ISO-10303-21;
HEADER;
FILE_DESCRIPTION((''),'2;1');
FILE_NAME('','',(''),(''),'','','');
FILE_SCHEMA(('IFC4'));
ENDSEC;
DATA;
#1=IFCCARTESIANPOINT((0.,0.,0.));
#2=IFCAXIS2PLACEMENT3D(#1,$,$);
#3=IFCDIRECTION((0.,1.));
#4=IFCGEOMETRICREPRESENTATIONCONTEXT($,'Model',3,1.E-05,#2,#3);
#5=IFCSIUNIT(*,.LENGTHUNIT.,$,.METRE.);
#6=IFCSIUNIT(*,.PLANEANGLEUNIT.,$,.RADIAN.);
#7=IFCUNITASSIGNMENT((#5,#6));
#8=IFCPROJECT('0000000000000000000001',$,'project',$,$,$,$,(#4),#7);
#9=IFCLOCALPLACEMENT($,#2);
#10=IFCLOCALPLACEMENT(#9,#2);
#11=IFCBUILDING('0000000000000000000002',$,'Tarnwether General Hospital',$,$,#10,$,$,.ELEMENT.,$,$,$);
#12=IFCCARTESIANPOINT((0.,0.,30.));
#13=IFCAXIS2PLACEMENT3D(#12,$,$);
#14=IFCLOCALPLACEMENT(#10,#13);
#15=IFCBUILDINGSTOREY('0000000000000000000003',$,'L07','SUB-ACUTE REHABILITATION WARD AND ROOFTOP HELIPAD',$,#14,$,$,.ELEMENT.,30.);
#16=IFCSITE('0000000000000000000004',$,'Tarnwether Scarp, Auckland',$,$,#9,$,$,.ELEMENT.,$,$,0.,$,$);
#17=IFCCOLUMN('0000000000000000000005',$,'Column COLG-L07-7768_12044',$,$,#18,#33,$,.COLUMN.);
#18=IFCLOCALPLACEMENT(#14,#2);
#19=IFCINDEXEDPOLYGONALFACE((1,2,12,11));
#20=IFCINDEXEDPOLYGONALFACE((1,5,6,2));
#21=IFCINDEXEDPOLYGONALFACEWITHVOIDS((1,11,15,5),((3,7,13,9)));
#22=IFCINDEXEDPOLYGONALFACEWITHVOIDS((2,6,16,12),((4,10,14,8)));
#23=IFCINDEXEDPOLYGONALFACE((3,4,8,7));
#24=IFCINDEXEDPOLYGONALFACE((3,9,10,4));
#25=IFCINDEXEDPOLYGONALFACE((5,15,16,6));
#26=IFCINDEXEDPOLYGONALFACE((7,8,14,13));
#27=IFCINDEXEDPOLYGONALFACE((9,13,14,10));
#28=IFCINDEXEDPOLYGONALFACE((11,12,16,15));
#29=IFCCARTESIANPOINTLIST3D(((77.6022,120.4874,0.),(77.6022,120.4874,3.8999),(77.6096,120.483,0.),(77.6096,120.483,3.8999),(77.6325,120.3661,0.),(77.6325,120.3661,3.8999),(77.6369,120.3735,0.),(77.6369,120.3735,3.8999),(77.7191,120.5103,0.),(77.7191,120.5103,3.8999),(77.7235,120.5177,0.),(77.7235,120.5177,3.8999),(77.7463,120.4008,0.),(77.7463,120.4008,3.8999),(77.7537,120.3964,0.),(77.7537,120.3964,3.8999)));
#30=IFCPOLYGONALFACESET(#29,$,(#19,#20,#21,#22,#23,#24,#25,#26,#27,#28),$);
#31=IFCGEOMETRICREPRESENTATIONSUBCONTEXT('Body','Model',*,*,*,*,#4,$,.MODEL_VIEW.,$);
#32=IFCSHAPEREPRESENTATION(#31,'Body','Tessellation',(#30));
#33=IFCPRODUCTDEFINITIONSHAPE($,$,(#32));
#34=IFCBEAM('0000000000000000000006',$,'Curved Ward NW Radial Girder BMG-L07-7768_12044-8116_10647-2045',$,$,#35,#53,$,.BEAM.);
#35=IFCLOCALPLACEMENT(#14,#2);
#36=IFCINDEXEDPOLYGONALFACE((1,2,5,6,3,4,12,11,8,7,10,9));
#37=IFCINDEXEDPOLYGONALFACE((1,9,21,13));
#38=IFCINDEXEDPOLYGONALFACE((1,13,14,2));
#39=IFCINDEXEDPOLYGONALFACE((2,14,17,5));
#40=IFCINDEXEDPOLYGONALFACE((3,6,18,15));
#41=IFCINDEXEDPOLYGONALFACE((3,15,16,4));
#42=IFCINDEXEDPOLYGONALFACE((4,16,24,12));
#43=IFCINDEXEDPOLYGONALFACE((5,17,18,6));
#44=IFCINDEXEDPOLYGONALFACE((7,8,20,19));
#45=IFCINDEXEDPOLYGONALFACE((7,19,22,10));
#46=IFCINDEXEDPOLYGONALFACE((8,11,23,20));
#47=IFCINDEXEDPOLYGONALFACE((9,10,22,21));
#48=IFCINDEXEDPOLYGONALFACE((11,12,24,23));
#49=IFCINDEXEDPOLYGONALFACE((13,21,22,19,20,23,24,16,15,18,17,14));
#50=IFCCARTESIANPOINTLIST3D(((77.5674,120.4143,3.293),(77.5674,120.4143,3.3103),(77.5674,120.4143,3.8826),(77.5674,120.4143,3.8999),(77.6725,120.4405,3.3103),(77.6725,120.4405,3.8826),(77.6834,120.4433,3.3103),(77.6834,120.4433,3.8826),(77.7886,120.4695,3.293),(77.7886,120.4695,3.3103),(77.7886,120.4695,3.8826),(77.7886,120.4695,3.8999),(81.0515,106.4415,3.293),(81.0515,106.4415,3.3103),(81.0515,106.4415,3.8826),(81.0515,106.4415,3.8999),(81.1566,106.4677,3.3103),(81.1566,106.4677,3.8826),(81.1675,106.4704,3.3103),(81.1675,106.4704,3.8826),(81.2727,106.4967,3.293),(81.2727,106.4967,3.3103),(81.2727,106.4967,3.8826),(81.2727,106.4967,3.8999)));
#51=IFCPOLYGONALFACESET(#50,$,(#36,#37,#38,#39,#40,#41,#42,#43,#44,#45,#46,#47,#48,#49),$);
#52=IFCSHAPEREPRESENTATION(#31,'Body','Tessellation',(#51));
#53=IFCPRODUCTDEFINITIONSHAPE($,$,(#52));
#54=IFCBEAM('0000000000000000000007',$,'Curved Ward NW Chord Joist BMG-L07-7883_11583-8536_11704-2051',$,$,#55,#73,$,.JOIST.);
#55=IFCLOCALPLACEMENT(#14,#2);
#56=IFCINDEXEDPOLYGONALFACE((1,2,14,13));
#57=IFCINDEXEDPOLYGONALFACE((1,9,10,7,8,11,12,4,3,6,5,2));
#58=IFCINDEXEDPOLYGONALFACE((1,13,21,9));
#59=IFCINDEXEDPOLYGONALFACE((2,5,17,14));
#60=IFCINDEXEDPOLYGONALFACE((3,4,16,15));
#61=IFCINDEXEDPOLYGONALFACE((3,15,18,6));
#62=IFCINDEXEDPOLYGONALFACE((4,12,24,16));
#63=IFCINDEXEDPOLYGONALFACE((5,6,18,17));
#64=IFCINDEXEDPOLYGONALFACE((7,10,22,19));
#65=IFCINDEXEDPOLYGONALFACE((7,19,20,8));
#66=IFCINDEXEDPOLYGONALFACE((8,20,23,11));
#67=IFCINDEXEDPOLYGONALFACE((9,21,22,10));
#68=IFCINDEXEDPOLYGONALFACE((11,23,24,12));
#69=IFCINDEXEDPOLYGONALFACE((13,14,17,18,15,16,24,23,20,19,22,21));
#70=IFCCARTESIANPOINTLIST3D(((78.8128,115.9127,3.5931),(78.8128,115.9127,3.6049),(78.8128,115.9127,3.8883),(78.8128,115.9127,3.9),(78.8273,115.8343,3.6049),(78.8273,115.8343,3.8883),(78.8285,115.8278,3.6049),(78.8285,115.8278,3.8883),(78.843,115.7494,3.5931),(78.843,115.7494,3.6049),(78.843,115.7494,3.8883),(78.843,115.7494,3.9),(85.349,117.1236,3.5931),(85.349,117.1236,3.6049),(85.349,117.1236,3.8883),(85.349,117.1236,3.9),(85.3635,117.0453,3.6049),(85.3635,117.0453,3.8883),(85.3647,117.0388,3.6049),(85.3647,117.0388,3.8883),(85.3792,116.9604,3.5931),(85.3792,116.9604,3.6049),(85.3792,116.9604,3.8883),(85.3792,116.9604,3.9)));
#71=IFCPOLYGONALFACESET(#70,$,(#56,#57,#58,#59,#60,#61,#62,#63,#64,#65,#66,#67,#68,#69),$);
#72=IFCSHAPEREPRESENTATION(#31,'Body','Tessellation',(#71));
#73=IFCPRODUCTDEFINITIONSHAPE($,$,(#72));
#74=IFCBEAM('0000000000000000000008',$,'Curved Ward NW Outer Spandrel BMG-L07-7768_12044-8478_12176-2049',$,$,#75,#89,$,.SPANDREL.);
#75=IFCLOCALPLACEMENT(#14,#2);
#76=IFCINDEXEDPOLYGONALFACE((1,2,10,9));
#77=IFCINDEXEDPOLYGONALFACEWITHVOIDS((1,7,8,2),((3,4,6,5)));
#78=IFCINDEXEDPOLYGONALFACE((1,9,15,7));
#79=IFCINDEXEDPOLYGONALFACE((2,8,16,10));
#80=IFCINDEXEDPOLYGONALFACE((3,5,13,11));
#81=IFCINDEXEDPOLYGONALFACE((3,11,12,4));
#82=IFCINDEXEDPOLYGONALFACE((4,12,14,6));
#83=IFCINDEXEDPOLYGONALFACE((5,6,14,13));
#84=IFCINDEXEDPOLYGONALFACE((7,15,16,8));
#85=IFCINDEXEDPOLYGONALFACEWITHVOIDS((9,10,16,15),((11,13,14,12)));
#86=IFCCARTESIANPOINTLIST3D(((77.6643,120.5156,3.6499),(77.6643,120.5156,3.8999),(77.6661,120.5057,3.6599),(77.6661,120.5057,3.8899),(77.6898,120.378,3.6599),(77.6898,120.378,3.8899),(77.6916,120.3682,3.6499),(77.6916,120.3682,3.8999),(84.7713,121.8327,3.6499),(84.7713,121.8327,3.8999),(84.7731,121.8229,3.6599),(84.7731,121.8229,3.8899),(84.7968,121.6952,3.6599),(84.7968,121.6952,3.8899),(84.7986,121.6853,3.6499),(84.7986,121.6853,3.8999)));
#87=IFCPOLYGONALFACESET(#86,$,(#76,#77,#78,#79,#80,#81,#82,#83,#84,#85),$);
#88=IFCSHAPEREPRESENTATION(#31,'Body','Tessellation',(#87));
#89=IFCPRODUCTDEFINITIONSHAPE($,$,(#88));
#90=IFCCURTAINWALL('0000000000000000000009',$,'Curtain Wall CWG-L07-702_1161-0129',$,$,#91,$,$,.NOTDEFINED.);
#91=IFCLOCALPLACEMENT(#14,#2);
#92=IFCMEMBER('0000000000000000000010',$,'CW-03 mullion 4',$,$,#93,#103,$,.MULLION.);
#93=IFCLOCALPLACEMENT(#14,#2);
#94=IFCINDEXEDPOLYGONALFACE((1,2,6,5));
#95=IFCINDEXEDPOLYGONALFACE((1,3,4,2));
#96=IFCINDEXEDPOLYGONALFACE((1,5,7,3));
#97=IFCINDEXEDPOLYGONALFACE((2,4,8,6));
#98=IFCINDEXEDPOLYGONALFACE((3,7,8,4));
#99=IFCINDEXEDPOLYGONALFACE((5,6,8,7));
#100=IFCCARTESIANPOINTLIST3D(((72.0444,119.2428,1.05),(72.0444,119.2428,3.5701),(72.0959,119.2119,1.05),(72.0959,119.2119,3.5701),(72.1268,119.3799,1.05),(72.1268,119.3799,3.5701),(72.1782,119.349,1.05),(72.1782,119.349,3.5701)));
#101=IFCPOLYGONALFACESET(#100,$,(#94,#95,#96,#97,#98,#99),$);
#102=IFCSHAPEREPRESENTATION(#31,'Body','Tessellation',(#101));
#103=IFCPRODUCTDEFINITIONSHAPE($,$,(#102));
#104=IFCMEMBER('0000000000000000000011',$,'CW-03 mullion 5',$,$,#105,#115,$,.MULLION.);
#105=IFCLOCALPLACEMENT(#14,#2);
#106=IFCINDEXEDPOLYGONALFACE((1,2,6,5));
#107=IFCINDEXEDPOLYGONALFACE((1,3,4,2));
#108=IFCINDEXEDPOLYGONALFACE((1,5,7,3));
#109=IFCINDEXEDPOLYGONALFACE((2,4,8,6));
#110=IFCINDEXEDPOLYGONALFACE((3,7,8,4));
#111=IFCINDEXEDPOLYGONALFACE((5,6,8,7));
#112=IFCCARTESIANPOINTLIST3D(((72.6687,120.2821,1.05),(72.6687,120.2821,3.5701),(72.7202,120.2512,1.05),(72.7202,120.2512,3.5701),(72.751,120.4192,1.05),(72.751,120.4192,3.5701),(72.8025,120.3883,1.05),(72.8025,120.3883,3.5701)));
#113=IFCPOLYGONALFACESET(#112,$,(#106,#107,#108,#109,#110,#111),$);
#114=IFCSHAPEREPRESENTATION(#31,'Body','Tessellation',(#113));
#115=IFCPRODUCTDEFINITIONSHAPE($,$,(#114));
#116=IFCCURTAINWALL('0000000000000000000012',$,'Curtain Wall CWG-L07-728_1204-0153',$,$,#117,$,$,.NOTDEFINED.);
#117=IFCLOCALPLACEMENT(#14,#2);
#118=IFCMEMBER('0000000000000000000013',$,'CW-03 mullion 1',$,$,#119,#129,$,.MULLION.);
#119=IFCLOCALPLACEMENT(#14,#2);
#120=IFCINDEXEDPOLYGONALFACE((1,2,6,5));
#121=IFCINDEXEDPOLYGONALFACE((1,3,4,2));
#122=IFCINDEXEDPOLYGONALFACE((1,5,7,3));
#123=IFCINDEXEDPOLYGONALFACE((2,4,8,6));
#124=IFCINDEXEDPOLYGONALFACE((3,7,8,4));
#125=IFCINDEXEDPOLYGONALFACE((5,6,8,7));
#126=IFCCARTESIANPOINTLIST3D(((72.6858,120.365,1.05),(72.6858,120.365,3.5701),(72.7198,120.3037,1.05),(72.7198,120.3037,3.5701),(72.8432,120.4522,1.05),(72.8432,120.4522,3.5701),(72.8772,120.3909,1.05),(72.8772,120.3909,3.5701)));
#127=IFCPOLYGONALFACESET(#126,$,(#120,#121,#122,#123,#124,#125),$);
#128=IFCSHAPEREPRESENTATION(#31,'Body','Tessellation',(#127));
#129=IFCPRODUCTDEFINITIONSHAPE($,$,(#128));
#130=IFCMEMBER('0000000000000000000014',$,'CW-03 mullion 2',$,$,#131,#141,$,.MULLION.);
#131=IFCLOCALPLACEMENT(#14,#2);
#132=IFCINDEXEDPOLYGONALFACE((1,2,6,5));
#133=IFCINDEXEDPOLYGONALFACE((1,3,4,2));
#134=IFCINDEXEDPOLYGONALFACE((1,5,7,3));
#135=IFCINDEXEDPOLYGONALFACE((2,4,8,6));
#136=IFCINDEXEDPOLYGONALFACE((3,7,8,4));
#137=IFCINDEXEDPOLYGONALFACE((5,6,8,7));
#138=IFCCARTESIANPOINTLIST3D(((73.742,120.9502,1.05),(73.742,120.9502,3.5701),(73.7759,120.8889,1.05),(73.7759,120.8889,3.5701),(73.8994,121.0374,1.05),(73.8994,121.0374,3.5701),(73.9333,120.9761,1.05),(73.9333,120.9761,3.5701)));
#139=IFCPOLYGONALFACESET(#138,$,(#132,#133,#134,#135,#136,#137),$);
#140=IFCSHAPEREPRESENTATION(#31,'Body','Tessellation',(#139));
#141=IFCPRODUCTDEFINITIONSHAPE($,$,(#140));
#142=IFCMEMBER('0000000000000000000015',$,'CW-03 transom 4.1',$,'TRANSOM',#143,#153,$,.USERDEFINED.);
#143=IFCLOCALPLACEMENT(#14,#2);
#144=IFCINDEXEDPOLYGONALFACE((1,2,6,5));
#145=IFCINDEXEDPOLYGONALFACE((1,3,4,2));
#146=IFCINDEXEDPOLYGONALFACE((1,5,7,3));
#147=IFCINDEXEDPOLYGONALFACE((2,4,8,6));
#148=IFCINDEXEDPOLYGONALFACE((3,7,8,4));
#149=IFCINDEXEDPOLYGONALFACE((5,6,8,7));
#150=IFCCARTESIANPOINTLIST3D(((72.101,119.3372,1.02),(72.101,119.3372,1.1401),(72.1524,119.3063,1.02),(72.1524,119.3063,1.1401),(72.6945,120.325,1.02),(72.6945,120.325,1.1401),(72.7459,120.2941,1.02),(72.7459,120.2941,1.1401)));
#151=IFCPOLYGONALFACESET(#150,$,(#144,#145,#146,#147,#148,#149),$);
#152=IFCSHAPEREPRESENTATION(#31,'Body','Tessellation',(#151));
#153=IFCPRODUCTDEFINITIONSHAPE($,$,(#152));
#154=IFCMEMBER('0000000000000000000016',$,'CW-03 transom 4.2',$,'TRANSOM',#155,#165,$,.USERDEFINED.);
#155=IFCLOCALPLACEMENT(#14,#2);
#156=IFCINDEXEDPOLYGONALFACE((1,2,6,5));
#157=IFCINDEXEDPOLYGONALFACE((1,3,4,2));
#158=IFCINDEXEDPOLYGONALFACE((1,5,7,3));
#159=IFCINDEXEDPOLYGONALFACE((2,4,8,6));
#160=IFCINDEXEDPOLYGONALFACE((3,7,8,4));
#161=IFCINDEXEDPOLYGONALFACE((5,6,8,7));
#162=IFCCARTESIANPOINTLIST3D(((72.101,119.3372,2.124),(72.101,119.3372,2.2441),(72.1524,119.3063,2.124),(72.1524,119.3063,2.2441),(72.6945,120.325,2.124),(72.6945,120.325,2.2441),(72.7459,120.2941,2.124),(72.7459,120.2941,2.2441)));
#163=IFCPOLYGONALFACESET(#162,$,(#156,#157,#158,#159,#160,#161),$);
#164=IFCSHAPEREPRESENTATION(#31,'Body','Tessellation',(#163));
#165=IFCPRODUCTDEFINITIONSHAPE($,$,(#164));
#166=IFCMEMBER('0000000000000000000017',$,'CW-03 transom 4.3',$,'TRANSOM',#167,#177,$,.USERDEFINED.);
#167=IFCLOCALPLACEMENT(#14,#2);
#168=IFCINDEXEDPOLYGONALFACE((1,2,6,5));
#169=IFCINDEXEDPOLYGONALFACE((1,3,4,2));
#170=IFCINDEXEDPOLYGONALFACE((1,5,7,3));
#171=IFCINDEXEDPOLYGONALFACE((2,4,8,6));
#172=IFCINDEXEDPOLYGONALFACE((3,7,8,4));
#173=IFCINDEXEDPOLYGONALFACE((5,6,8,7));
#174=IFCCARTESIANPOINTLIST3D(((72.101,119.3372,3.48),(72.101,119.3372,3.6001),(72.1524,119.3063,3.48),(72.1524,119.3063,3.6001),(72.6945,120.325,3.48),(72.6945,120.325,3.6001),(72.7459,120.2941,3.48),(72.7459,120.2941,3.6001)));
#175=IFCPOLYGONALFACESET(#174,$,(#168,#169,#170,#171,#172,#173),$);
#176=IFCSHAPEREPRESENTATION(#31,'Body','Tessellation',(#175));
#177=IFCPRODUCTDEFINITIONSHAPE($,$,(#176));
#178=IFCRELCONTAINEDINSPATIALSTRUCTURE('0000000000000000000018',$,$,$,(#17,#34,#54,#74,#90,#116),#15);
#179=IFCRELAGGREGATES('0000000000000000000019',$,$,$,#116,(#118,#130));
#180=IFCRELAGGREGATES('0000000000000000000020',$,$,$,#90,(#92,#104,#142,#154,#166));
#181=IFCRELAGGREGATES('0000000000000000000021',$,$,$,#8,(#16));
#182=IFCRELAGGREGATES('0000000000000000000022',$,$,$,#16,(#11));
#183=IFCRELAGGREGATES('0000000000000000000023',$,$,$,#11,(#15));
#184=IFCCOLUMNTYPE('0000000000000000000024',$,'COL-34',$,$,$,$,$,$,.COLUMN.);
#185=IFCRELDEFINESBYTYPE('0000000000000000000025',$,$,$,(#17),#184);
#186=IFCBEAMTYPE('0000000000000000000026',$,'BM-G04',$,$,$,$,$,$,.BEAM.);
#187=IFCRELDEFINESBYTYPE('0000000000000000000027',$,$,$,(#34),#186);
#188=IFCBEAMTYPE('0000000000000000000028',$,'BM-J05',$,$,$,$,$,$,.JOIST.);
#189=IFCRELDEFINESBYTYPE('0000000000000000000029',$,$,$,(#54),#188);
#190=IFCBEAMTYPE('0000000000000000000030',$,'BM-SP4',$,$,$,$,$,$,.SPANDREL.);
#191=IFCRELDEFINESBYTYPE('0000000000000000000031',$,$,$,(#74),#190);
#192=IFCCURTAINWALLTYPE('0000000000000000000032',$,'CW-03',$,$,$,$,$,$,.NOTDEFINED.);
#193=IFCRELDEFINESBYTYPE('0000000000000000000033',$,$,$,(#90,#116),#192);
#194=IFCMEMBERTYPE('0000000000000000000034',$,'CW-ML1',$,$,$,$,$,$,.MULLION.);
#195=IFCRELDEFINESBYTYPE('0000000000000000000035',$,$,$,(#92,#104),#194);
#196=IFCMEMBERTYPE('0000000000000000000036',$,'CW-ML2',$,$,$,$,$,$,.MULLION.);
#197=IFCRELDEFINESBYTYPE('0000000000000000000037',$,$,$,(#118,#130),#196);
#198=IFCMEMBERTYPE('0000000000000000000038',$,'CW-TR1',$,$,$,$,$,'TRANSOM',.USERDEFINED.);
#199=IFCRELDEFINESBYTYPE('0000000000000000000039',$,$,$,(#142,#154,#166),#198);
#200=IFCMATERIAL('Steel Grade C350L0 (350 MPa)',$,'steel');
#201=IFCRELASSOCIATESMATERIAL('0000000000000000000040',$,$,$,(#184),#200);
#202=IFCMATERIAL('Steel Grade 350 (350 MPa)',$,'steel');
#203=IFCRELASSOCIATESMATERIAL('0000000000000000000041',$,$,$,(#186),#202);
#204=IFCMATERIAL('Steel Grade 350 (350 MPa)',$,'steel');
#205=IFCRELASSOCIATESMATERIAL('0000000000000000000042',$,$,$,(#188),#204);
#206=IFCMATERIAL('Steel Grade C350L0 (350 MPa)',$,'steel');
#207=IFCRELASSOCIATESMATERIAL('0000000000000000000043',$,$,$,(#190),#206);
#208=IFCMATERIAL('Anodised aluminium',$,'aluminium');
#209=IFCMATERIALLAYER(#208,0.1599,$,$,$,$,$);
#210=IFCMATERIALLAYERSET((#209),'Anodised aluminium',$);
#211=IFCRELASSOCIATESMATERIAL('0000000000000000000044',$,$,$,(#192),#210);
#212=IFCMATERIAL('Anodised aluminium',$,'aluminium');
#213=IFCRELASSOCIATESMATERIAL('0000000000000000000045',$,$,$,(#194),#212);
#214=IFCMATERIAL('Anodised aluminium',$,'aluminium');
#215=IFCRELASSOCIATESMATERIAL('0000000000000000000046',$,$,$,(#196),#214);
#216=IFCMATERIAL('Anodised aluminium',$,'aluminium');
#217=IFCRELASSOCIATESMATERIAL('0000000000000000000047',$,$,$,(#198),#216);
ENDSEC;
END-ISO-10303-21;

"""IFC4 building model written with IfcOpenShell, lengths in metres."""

from ifc_helpers import new_model, si_unit, direction, frame, origin, origin_2d, place, context, subcontext, project, spatial, rectangle, hollow_rectangle, i_section, extrude, material, layer, layer_set, material_profile, profile_set, type_object, element, aggregate, save


model = new_model("IFC4")

# Units and contexts
model_context = context("Model", 3, precision=1e-05, world=origin(), true_north=direction((0.0, 1.0)))
body_context = subcontext(model_context, "Body", "Model", "MODEL_VIEW")
ifc_project = project(units=[si_unit("LENGTHUNIT", "METRE"), si_unit("PLANEANGLEUNIT", "RADIAN")], contexts=[model_context])

# Site, building, storey
site_placement = place(None, origin())
site = spatial("IfcSite", under=ifc_project, at=site_placement, Name="Tarnwether Scarp, Auckland", CompositionType="ELEMENT", RefElevation=0.0)
building_placement = place(site_placement, origin())
building = spatial("IfcBuilding", under=site, at=building_placement, Name="Tarnwether General Hospital", CompositionType="ELEMENT")
storey_placement = place(building_placement, frame((0.0, 0.0, 30.0)))
storey = spatial("IfcBuildingStorey", under=building, at=storey_placement, Name="L07", Description="SUB-ACUTE REHABILITATION WARD AND ROOFTOP HELIPAD", CompositionType="ELEMENT", Elevation=30.0)

# Column
ifc_material_1 = material(Name="Steel Grade C350L0 (350 MPa)", Category="steel")
ifc_material_profile_1 = material_profile(ifc_material_1, hollow_rectangle(XDim=0.125, YDim=0.125, WallThickness=0.0061, at=origin_2d()), Name="SHS125x125x6")
ifc_profile_set_1 = profile_set([ifc_material_profile_1], Name="Steel Grade C350L0 (350 MPa)")
column_type = type_object("IfcColumnType", Name="COL-34", PredefinedType="COLUMN", material=ifc_profile_set_1)
column_placement = place(storey_placement, frame((77.678, 120.4419, 0.0), z_axis=(0.0, 0.0, 1.0), x_axis=(-0.241922, 0.970296, 0.0)))
element("IfcColumn", 1, at=column_placement, inside=storey, type_object=column_type, Name="Column COLG-L07-7768_12044", PredefinedType="COLUMN", context=body_context, shape_type="SweptSolid", body=[
    extrude(hollow_rectangle(XDim=0.125, YDim=0.125, WallThickness=0.0061, at=origin_2d()), origin(), (0.0, 0.0, 1.0), 3.8999),
])

# Beams
ifc_material_2 = material(Name="Steel Grade 350 (350 MPa)", Category="steel")
ifc_material_profile_2 = material_profile(ifc_material_2, i_section(OverallWidth=0.228, OverallDepth=0.6069, WebThickness=0.0112, FlangeThickness=0.0173, at=origin_2d()), Name="610UB113")
ifc_profile_set_2 = profile_set([ifc_material_profile_2], Name="Steel Grade 350 (350 MPa)")
beam_type_1 = type_object("IfcBeamType", Name="BM-G04", PredefinedType="BEAM", material=ifc_profile_set_2)
beam_1_placement = place(storey_placement, frame((77.678, 120.4419, 3.5964), z_axis=(0.241941, -0.970291, 0.0), x_axis=(0.970291, 0.241941, 0.0)))
element("IfcBeam", 2, at=beam_1_placement, inside=storey, type_object=beam_type_1, Name="Curved Ward NW Radial Girder BMG-L07-7768_12044-8116_10647-2045", PredefinedType="BEAM", context=body_context, shape_type="SweptSolid", body=[
    extrude(i_section(OverallWidth=0.228, OverallDepth=0.6069, WebThickness=0.0112, FlangeThickness=0.0173, at=origin_2d()), origin(), (0.0, 0.0, 1.0), 14.4006),
])
ifc_material_3 = material(Name="Steel Grade 350 (350 MPa)", Category="steel")
ifc_material_profile_3 = material_profile(ifc_material_3, i_section(OverallWidth=0.166, OverallDepth=0.3069, WebThickness=0.0066, FlangeThickness=0.0117, at=origin_2d()), Name="310UB46.2")
ifc_profile_set_3 = profile_set([ifc_material_profile_3], Name="Steel Grade 350 (350 MPa)")
beam_type_2 = type_object("IfcBeamType", Name="BM-J05", PredefinedType="JOIST", material=ifc_profile_set_3)
beam_2_placement = place(storey_placement, frame((78.8279, 115.8311, 3.7466), z_axis=(0.983267, 0.182168, 0.0), x_axis=(-0.182168, 0.983267, 0.0)))
element("IfcBeam", 3, at=beam_2_placement, inside=storey, type_object=beam_type_2, Name="Curved Ward NW Chord Joist BMG-L07-7883_11583-8536_11704-2051", PredefinedType="JOIST", context=body_context, shape_type="SweptSolid", body=[
    extrude(i_section(OverallWidth=0.166, OverallDepth=0.3069, WebThickness=0.0066, FlangeThickness=0.0117, at=origin_2d()), origin(), (0.0, 0.0, 1.0), 6.6475),
])
ifc_material_4 = material(Name="Steel Grade C350L0 (350 MPa)", Category="steel")
ifc_material_profile_4 = material_profile(ifc_material_4, hollow_rectangle(XDim=0.1499, YDim=0.25, WallThickness=0.01, at=origin_2d()), Name="RHS250x150x10")
ifc_profile_set_4 = profile_set([ifc_material_profile_4], Name="Steel Grade C350L0 (350 MPa)")
beam_type_3 = type_object("IfcBeamType", Name="BM-SP4", PredefinedType="SPANDREL", material=ifc_profile_set_4)
beam_3_placement = place(storey_placement, frame((77.678, 120.4419, 3.7749), z_axis=(0.983256, 0.182228, 0.0), x_axis=(-0.182228, 0.983256, 0.0)))
element("IfcBeam", 4, at=beam_3_placement, inside=storey, type_object=beam_type_3, Name="Curved Ward NW Outer Spandrel BMG-L07-7768_12044-8478_12176-2049", PredefinedType="SPANDREL", context=body_context, shape_type="SweptSolid", body=[
    extrude(hollow_rectangle(XDim=0.1499, YDim=0.25, WallThickness=0.01, at=origin_2d()), origin(), (0.0, 0.0, 1.0), 7.228),
])

# Curtain walls, members
ifc_material_5 = material(Name="Anodised aluminium", Category="aluminium")
ifc_layer_1 = layer(ifc_material_5, 0.1599)
ifc_layer_set_1 = layer_set([ifc_layer_1], Name="Anodised aluminium")
curtain_wall_type = type_object("IfcCurtainWallType", Name="CW-03", PredefinedType="NOTDEFINED", material=ifc_layer_set_1)
curtain_wall_1_placement = place(storey_placement, origin())
curtain_wall_1 = element("IfcCurtainWall", 5, at=curtain_wall_1_placement, inside=storey, type_object=curtain_wall_type, Name="Curtain Wall CWG-L07-702_1161-0129", PredefinedType="NOTDEFINED")
ifc_material_6 = material(Name="Anodised aluminium", Category="aluminium")
ifc_material_profile_5 = material_profile(ifc_material_6, rectangle(XDim=0.0601, YDim=0.1599, at=origin_2d()), Name="ALU-MUL-60x160")
ifc_profile_set_5 = profile_set([ifc_material_profile_5], Name="Anodised aluminium")
member_type_1 = type_object("IfcMemberType", Name="CW-ML1", PredefinedType="MULLION", material=ifc_profile_set_5)
member_1_placement = place(storey_placement, frame((72.1113, 119.2959, 1.05), z_axis=(0.0, 0.0, 1.0), x_axis=(-0.857226, 0.51494, 0.0)))
member_1 = element("IfcMember", 6, at=member_1_placement, type_object=member_type_1, Name="CW-03 mullion 4", PredefinedType="MULLION", context=body_context, shape_type="SweptSolid", body=[
    extrude(rectangle(XDim=0.0601, YDim=0.1599, at=origin_2d()), origin(), (0.0, 0.0, 1.0), 2.52),
])
member_2_placement = place(storey_placement, frame((72.7356, 120.3352, 1.05), z_axis=(0.0, 0.0, 1.0), x_axis=(-0.857226, 0.51494, 0.0)))
member_2 = element("IfcMember", 7, at=member_2_placement, type_object=member_type_1, Name="CW-03 mullion 5", PredefinedType="MULLION", context=body_context, shape_type="SweptSolid", body=[
    extrude(rectangle(XDim=0.0601, YDim=0.1599, at=origin_2d()), origin(), (0.0, 0.0, 1.0), 2.52),
])
curtain_wall_2_placement = place(storey_placement, origin())
curtain_wall_2 = element("IfcCurtainWall", 8, at=curtain_wall_2_placement, inside=storey, type_object=curtain_wall_type, Name="Curtain Wall CWG-L07-728_1204-0153", PredefinedType="NOTDEFINED")
ifc_material_7 = material(Name="Anodised aluminium", Category="aluminium")
ifc_material_profile_6 = material_profile(ifc_material_7, rectangle(XDim=0.0701, YDim=0.1799, at=origin_2d()), Name="ALU-MUL-70x180")
ifc_profile_set_6 = profile_set([ifc_material_profile_6], Name="Anodised aluminium")
member_type_2 = type_object("IfcMemberType", Name="CW-ML2", PredefinedType="MULLION", material=ifc_profile_set_6)
member_3_placement = place(storey_placement, frame((72.7815, 120.3779, 1.05), z_axis=(0.0, 0.0, 1.0), x_axis=(-0.48472, 0.874669, 0.0)))
member_3 = element("IfcMember", 9, at=member_3_placement, type_object=member_type_2, Name="CW-03 mullion 1", PredefinedType="MULLION", context=body_context, shape_type="SweptSolid", body=[
    extrude(rectangle(XDim=0.0701, YDim=0.1799, at=origin_2d()), origin(), (0.0, 0.0, 1.0), 2.52),
])
member_4_placement = place(storey_placement, frame((73.8376, 120.9631, 1.05), z_axis=(0.0, 0.0, 1.0), x_axis=(-0.48472, 0.874669, 0.0)))
member_4 = element("IfcMember", 10, at=member_4_placement, type_object=member_type_2, Name="CW-03 mullion 2", PredefinedType="MULLION", context=body_context, shape_type="SweptSolid", body=[
    extrude(rectangle(XDim=0.0701, YDim=0.1799, at=origin_2d()), origin(), (0.0, 0.0, 1.0), 2.52),
])

# Members
ifc_material_8 = material(Name="Anodised aluminium", Category="aluminium")
ifc_material_profile_7 = material_profile(ifc_material_8, rectangle(XDim=0.0601, YDim=0.1201, at=origin_2d()), Name="ALU-TRN-60x120")
ifc_profile_set_7 = profile_set([ifc_material_profile_7], Name="Anodised aluminium")
member_type_3 = type_object("IfcMemberType", Name="CW-TR1", ElementType="TRANSOM", PredefinedType="USERDEFINED", material=ifc_profile_set_7)
member_5_placement = place(storey_placement, frame((72.1267, 119.3218, 1.0801), z_axis=(0.515025, 0.857175, 0.0), x_axis=(-0.857175, 0.515025, 0.0)))
member_5 = element("IfcMember", 11, at=member_5_placement, type_object=member_type_3, Name="CW-03 transom 4.1", ObjectType="TRANSOM", PredefinedType="USERDEFINED", context=body_context, shape_type="SweptSolid", body=[
    extrude(rectangle(XDim=0.0601, YDim=0.1201, at=origin_2d()), origin(), (0.0, 0.0, 1.0), 1.1523),
])
member_6_placement = place(storey_placement, frame((72.1267, 119.3218, 2.1841), z_axis=(0.515025, 0.857175, 0.0), x_axis=(-0.857175, 0.515025, 0.0)))
member_6 = element("IfcMember", 12, at=member_6_placement, type_object=member_type_3, Name="CW-03 transom 4.2", ObjectType="TRANSOM", PredefinedType="USERDEFINED", context=body_context, shape_type="SweptSolid", body=[
    extrude(rectangle(XDim=0.0601, YDim=0.1201, at=origin_2d()), origin(), (0.0, 0.0, 1.0), 1.1523),
])
member_7_placement = place(storey_placement, frame((72.1267, 119.3218, 3.54), z_axis=(0.515025, 0.857175, 0.0), x_axis=(-0.857175, 0.515025, 0.0)))
member_7 = element("IfcMember", 13, at=member_7_placement, type_object=member_type_3, Name="CW-03 transom 4.3", ObjectType="TRANSOM", PredefinedType="USERDEFINED", context=body_context, shape_type="SweptSolid", body=[
    extrude(rectangle(XDim=0.0601, YDim=0.1201, at=origin_2d()), origin(), (0.0, 0.0, 1.0), 1.1523),
])

aggregate(curtain_wall_2, [member_3, member_4])
aggregate(curtain_wall_1, [member_1, member_2, member_5, member_6, member_7])

save(model, "model.ifc")
